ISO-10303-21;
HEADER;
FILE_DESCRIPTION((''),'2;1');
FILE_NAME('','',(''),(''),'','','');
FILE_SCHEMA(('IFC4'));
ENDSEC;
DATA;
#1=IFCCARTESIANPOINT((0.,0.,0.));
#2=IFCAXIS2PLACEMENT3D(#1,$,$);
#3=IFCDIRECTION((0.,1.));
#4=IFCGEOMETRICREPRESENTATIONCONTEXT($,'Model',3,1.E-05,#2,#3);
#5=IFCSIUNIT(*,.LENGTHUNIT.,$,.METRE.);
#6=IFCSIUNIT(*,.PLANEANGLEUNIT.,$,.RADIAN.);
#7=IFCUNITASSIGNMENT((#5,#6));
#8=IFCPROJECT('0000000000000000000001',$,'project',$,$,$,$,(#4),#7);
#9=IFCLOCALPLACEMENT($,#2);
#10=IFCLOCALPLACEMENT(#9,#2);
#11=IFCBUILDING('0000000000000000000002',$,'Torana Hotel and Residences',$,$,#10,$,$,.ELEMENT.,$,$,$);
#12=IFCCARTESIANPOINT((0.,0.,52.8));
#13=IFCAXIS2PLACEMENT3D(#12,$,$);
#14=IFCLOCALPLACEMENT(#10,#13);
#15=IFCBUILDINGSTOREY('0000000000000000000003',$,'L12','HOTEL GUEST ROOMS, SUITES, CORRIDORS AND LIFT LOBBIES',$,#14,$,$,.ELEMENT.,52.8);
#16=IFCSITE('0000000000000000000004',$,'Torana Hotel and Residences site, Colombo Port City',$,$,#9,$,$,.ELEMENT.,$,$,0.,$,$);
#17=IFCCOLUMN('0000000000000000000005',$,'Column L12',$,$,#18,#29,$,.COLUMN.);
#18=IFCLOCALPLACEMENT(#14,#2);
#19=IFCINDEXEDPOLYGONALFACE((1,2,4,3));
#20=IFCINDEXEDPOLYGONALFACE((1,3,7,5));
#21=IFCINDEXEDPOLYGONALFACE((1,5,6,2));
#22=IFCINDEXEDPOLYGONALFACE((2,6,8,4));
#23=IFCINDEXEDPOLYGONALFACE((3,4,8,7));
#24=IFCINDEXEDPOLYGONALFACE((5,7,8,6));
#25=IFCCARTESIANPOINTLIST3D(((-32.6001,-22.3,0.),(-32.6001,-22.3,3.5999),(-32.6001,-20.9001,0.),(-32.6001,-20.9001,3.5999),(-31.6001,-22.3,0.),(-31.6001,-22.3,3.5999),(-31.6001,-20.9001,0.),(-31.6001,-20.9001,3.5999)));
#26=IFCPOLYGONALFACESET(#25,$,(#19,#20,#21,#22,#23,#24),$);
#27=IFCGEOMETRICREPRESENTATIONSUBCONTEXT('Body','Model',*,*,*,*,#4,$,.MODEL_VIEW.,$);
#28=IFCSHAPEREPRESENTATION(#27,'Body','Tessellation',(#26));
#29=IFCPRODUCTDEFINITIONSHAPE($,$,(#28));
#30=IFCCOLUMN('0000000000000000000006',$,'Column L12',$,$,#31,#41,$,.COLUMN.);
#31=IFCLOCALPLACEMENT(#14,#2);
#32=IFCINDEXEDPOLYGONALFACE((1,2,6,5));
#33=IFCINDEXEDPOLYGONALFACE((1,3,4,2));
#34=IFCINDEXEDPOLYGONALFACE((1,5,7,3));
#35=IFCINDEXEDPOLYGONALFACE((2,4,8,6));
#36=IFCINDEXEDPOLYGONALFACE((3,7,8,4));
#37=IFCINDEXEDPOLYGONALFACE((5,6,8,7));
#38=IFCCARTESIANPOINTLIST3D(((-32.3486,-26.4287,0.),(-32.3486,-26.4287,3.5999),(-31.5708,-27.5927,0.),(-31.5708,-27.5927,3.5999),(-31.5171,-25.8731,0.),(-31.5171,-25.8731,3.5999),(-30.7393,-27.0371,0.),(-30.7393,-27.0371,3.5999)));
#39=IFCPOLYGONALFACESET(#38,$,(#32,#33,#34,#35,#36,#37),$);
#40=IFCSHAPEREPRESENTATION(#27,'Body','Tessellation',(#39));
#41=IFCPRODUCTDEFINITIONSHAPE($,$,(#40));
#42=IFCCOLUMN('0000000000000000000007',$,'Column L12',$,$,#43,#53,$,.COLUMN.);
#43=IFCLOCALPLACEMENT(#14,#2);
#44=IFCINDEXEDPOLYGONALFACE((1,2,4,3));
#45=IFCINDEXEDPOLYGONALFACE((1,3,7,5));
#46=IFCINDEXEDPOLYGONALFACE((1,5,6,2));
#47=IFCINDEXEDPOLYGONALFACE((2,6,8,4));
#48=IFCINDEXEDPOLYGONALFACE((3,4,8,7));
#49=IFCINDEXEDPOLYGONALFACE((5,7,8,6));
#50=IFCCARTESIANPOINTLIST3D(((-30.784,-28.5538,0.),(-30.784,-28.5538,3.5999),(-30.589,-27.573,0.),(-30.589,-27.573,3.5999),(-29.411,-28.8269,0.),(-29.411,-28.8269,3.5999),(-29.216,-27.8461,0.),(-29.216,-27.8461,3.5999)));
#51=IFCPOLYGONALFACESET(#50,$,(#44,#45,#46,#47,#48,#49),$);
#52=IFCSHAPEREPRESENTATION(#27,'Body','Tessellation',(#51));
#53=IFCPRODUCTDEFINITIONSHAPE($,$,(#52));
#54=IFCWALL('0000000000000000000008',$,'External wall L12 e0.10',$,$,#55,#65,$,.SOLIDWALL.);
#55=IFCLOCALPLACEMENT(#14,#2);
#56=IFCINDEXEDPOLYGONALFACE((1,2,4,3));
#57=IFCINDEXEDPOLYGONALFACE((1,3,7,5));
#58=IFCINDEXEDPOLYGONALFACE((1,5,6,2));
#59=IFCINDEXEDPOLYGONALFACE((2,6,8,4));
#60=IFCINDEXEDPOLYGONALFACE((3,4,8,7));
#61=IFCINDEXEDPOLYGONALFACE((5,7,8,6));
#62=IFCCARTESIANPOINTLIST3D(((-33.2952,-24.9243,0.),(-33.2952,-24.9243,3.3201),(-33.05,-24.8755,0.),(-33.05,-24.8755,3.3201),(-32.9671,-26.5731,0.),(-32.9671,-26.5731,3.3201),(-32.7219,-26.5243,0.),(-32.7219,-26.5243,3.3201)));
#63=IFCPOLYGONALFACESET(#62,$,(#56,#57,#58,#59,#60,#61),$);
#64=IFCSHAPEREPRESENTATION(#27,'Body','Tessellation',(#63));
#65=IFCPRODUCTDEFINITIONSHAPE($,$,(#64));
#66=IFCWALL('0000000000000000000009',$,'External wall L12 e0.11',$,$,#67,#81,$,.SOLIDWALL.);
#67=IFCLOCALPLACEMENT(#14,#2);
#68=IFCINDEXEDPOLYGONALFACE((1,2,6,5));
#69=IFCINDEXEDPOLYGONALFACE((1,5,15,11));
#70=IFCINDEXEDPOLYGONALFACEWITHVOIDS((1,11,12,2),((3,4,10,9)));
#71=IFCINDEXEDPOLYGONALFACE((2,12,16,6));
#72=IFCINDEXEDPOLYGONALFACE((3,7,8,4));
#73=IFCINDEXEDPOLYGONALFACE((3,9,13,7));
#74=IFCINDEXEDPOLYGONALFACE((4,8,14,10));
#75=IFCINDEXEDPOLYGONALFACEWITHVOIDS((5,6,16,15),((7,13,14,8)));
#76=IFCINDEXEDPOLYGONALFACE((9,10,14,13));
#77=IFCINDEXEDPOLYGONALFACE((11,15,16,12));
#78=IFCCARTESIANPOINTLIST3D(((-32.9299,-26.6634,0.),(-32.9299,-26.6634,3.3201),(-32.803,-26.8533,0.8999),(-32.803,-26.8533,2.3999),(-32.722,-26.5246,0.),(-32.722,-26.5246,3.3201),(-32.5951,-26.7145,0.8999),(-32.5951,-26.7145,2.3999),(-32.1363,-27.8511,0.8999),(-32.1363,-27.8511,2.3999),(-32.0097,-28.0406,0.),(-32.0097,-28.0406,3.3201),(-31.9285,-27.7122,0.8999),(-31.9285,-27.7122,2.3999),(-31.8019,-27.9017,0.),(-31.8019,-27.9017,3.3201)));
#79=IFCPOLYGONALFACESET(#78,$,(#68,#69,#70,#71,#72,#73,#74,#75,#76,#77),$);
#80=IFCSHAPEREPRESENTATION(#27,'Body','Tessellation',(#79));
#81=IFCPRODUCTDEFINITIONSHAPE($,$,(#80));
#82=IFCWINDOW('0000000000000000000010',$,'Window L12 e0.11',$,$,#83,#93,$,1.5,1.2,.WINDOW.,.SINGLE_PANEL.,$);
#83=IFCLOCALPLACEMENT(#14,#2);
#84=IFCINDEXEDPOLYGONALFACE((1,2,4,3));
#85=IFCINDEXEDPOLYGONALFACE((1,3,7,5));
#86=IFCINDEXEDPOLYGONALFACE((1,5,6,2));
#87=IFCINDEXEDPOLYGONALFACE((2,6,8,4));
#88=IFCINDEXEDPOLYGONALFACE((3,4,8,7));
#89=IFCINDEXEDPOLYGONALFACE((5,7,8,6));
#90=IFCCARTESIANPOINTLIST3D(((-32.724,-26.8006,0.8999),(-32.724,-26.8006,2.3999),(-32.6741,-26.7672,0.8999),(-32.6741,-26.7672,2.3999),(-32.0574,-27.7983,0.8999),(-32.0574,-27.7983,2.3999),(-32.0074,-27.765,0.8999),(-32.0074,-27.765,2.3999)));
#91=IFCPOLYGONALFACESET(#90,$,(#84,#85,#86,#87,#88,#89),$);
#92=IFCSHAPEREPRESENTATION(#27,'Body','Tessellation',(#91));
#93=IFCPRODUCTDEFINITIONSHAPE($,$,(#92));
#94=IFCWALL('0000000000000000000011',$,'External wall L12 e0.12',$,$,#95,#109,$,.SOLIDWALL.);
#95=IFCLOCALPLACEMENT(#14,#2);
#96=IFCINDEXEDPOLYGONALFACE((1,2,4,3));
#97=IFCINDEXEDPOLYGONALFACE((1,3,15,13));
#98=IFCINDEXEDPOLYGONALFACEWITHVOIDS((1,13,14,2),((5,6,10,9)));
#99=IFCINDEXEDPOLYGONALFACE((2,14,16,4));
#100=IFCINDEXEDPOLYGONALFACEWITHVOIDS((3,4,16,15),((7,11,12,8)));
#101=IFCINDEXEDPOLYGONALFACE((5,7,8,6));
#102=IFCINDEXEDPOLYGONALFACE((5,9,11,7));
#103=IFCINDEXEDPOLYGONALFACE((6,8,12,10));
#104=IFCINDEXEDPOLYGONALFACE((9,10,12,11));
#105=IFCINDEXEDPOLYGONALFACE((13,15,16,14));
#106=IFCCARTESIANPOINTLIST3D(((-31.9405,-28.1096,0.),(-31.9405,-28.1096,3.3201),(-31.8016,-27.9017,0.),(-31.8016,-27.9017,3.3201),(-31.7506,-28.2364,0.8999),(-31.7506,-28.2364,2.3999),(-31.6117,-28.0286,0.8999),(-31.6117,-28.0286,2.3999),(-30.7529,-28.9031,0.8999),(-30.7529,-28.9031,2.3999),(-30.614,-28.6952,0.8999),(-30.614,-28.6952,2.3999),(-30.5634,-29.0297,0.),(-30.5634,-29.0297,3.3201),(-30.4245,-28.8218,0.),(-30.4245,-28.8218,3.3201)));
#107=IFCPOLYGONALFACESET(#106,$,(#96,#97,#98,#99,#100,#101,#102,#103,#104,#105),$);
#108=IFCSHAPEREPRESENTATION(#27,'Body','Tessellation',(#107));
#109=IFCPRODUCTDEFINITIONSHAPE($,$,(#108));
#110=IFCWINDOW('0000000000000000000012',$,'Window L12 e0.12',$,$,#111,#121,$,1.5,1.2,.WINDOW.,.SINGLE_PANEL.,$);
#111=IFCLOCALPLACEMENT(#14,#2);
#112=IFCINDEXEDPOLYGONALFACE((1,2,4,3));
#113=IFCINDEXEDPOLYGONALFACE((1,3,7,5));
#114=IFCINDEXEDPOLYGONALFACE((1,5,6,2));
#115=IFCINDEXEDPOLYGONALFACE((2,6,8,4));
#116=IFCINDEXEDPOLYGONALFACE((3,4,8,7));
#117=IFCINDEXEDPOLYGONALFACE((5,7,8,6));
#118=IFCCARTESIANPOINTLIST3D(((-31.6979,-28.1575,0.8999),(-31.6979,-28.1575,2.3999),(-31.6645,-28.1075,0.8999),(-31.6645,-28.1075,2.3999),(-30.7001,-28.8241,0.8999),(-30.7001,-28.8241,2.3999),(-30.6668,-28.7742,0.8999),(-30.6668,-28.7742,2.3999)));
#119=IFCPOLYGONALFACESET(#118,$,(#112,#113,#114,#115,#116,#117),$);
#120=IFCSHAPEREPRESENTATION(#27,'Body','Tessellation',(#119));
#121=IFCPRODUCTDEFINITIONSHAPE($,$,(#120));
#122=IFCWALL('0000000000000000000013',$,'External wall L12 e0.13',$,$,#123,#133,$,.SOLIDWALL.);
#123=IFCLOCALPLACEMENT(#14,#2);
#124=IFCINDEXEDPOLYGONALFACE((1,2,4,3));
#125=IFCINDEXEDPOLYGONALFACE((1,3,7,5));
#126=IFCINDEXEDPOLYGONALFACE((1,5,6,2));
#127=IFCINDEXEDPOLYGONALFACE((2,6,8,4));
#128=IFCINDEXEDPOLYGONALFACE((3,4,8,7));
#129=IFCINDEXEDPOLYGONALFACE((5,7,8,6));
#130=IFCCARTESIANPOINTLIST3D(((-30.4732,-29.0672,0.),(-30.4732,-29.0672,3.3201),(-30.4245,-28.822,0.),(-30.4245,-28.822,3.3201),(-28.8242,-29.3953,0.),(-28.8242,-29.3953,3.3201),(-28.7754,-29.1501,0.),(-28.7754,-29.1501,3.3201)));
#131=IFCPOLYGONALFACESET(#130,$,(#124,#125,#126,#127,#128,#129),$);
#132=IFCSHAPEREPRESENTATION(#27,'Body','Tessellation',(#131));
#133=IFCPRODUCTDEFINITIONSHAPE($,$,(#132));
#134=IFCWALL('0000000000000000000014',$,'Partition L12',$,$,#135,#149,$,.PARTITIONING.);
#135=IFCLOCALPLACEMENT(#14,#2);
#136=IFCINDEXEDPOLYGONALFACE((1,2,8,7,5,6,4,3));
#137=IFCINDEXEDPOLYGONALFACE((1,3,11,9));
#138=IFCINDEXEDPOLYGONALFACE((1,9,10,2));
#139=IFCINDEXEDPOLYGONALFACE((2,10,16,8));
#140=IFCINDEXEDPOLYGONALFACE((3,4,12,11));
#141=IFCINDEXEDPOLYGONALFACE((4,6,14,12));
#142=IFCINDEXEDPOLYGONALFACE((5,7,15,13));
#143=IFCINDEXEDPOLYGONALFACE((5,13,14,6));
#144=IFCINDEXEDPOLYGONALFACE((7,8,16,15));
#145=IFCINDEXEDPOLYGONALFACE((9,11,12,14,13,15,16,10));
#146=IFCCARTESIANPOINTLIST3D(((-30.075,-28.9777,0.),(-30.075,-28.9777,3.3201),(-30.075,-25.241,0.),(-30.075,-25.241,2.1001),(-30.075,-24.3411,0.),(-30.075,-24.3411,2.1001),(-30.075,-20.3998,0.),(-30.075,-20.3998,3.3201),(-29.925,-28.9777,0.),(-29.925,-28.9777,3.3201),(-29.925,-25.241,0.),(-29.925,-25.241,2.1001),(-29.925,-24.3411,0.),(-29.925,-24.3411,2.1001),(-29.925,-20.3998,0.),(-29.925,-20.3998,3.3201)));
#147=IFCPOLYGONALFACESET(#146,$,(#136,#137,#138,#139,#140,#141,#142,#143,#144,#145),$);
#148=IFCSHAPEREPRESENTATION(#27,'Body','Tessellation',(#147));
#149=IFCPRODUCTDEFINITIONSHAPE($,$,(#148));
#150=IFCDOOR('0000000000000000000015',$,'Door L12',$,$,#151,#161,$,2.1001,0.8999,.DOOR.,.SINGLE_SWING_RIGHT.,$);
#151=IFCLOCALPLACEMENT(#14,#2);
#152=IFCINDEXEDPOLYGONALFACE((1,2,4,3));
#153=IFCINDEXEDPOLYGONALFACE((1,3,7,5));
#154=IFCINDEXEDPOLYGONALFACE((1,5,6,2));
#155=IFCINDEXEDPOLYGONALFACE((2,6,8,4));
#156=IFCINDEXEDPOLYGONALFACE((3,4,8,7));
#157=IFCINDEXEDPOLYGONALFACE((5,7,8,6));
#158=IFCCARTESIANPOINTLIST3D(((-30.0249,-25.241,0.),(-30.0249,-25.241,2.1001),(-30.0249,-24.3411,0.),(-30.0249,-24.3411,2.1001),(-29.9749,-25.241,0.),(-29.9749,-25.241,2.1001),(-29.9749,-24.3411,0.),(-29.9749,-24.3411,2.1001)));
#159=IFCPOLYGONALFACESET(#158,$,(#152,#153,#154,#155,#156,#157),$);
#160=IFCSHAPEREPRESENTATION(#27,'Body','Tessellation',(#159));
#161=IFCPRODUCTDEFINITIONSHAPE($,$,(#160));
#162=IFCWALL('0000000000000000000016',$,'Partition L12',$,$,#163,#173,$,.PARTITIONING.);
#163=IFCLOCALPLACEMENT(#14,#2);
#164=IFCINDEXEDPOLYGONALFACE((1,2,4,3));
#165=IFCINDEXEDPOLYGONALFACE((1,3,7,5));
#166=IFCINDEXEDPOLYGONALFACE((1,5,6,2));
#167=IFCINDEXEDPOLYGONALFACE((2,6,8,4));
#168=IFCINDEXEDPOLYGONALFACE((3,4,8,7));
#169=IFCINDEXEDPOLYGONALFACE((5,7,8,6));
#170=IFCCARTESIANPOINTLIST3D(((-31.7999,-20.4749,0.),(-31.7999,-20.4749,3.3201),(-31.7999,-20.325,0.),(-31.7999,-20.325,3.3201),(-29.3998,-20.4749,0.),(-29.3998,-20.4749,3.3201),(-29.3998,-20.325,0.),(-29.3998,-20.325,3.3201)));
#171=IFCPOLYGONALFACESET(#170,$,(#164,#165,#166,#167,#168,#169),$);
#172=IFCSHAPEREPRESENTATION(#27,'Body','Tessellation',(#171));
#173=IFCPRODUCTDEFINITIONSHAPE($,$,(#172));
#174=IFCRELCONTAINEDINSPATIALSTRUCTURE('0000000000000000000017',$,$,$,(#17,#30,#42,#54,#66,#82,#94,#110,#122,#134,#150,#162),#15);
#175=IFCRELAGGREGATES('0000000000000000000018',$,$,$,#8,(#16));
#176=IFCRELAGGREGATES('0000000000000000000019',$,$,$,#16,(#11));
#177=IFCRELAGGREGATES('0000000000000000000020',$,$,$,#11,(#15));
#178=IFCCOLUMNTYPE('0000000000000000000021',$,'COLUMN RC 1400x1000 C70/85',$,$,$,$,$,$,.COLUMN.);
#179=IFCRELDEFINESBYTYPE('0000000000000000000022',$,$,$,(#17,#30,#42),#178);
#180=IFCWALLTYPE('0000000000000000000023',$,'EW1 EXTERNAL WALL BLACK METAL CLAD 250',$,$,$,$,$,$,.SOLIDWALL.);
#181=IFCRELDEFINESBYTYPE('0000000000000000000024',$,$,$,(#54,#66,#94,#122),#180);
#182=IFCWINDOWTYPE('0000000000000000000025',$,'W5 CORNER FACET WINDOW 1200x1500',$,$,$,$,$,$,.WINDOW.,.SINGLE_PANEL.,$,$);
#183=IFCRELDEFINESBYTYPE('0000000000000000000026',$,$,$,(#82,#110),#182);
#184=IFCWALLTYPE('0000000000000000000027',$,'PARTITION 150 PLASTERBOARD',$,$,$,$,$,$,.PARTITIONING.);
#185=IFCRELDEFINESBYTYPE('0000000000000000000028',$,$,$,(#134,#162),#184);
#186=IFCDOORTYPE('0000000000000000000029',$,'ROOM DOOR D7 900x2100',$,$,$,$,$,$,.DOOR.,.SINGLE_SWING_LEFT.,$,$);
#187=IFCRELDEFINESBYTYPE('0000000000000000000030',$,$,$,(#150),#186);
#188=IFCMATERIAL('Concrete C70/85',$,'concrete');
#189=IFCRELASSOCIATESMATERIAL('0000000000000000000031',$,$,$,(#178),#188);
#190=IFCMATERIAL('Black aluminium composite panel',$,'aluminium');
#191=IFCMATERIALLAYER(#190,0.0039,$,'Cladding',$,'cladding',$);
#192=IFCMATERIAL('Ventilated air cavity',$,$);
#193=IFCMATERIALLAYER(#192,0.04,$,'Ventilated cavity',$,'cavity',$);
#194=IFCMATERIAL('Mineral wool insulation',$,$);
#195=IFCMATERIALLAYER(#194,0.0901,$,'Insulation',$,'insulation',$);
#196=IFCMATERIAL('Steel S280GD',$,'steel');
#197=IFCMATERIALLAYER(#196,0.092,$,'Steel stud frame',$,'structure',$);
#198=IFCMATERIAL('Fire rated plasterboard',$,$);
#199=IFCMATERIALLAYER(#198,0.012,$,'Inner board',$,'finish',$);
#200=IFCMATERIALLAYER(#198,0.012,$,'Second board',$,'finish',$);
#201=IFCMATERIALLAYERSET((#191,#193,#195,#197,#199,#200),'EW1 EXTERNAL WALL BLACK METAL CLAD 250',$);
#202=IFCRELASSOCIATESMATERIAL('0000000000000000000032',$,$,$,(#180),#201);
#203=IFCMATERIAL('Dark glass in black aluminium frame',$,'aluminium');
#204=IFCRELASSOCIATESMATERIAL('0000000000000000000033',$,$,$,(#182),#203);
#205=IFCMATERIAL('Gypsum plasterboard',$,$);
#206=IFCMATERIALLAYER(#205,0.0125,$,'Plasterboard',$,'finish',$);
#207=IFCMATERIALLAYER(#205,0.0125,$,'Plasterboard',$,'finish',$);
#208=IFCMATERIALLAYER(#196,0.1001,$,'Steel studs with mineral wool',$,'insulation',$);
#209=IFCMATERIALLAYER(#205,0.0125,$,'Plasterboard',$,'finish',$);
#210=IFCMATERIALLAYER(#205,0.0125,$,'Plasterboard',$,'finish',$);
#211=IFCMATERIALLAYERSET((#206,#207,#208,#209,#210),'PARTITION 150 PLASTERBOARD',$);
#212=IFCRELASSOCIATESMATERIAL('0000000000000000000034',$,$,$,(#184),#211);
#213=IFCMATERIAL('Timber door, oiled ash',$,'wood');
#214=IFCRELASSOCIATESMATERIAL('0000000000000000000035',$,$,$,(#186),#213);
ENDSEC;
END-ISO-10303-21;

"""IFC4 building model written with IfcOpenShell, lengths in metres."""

from ifc_helpers import new_model, si_unit, direction, frame, frame_2d, origin, origin_2d, place, context, subcontext, project, spatial, rectangle, extrude, material, layer, layer_set, material_profile, profile_set, type_object, element, fill, save


model = new_model("IFC4")

# Units and contexts
model_context = context("Model", 3, precision=1e-05, world=origin(), true_north=direction((0.0, 1.0)))
body_context = subcontext(model_context, "Body", "Model", "MODEL_VIEW")
ifc_project = project(units=[si_unit("LENGTHUNIT", "METRE"), si_unit("PLANEANGLEUNIT", "RADIAN")], contexts=[model_context])

# Site, building, storey
site_placement = place(None, origin())
site = spatial("IfcSite", under=ifc_project, at=site_placement, Name="Torana Hotel and Residences site, Colombo Port City", CompositionType="ELEMENT", RefElevation=0.0)
building_placement = place(site_placement, origin())
building = spatial("IfcBuilding", under=site, at=building_placement, Name="Torana Hotel and Residences", CompositionType="ELEMENT")
storey_placement = place(building_placement, frame((0.0, 0.0, 52.8)))
storey = spatial("IfcBuildingStorey", under=building, at=storey_placement, Name="L12", Description="HOTEL GUEST ROOMS, SUITES, CORRIDORS AND LIFT LOBBIES", CompositionType="ELEMENT", Elevation=52.8)

# Columns
ifc_material_1 = material(Name="Concrete C70/85", Category="concrete")
ifc_material_profile = material_profile(ifc_material_1, rectangle(XDim=1.3999, YDim=1.0, at=origin_2d()), Name="RC 1400x1000")
ifc_profile_set = profile_set([ifc_material_profile], Name="Concrete C70/85")
column_type = type_object("IfcColumnType", Name="COLUMN RC 1400x1000 C70/85", PredefinedType="COLUMN", material=ifc_profile_set)
for number, where, z_axis, x_axis, name in (
    (1, (-32.1001, -21.6001, 0.0), (0.0, 0.0, 1.0), (0.0, 1.0, 0.0), "Column L12"),
    (2, (-31.5439, -26.7329, 0.0), (0.0, 0.0, 1.0), (-0.555585, 0.83146, 0.0), "Column L12"),
    (3, (-30.0, -28.2, 0.0), (0.0, 0.0, 1.0), (-0.980792, 0.195056, 0.0), "Column L12"),
):
    element("IfcColumn", number, at=place(storey_placement, frame(where, z_axis=z_axis, x_axis=x_axis)), inside=storey, type_object=column_type, Name=name, PredefinedType="COLUMN", context=body_context, shape_type="SweptSolid", body=[
        extrude(rectangle(XDim=1.3999, YDim=1.0, at=origin_2d()), origin(), (0.0, 0.0, 1.0), 3.5999),
    ])

# Wall
ifc_material_2 = material(Name="Black aluminium composite panel", Category="aluminium")
ifc_layer_1 = layer(ifc_material_2, 0.0039, Name="Cladding", Category="cladding")
ifc_material_3 = material(Name="Ventilated air cavity")
ifc_layer_2 = layer(ifc_material_3, 0.04, Name="Ventilated cavity", Category="cavity")
ifc_material_4 = material(Name="Mineral wool insulation")
ifc_layer_3 = layer(ifc_material_4, 0.0901, Name="Insulation", Category="insulation")
ifc_material_5 = material(Name="Steel S280GD", Category="steel")
ifc_layer_4 = layer(ifc_material_5, 0.092, Name="Steel stud frame", Category="structure")
ifc_material_6 = material(Name="Fire rated plasterboard")
ifc_layer_5 = layer(ifc_material_6, 0.012, Name="Inner board", Category="finish")
ifc_layer_6 = layer(ifc_material_6, 0.012, Name="Second board", Category="finish")
ifc_layer_set_1 = layer_set([ifc_layer_1, ifc_layer_2, ifc_layer_3, ifc_layer_4, ifc_layer_5, ifc_layer_6], Name="EW1 EXTERNAL WALL BLACK METAL CLAD 250")
wall_type_1 = type_object("IfcWallType", Name="EW1 EXTERNAL WALL BLACK METAL CLAD 250", PredefinedType="SOLIDWALL", material=ifc_layer_set_1)
wall_1_placement = place(storey_placement, frame((-33.1726, -24.8999, 0.0), z_axis=(0.0, 0.0, 1.0), x_axis=(0.195167, -0.98077, 0.0)))
element("IfcWall", 4, at=wall_1_placement, inside=storey, type_object=wall_type_1, Name="External wall L12 e0.10", PredefinedType="SOLIDWALL", context=body_context, shape_type="SweptSolid", body=[
    extrude(rectangle(XDim=1.6812, YDim=0.25, at=frame_2d((0.8406, 0.0))), origin(), (0.0, 0.0, 1.0), 3.3201),
])

# Walls, openings, windows
wall_2_placement = place(storey_placement, frame((-32.8259, -26.594, 0.0), z_axis=(0.0, 0.0, 1.0), x_axis=(0.55555, -0.831483, 0.0)))
wall_2 = element("IfcWall", 5, at=wall_2_placement, inside=storey, type_object=wall_type_1, Name="External wall L12 e0.11", PredefinedType="SOLIDWALL", context=body_context, shape_type="SweptSolid", body=[
    extrude(rectangle(XDim=1.6562, YDim=0.25, at=frame_2d((0.8281, 0.0))), origin(), (0.0, 0.0, 1.0), 3.3201),
])
opening_1_placement = place(wall_2_placement, frame((0.2283, 0.0, 0.8999)))
opening_1 = element("IfcOpeningElement", 6, at=opening_1_placement, cuts=wall_2, PredefinedType="OPENING", context=body_context, shape_type="SweptSolid", body=[
    extrude(rectangle(XDim=1.2, YDim=1.5, at=frame_2d((0.6001, 0.75))), frame((0.0, 0.135, 0.0), z_axis=(0.0, -1.0, 0.0), x_axis=(1.0, 0.0, 0.0)), (0.0, 0.0, 1.0), 0.27),
])
ifc_material_7 = material(Name="Dark glass in black aluminium frame", Category="aluminium")
window_type = type_object("IfcWindowType", Name="W5 CORNER FACET WINDOW 1200x1500", PartitioningType="SINGLE_PANEL", PredefinedType="WINDOW", material=ifc_material_7)
window_1_placement = place(opening_1_placement, origin())
window_1 = element("IfcWindow", 7, at=window_1_placement, inside=storey, type_object=window_type, Name="Window L12 e0.11", OverallHeight=1.5, OverallWidth=1.2, PartitioningType="SINGLE_PANEL", PredefinedType="WINDOW", context=body_context, shape_type="SweptSolid", body=[
    extrude(rectangle(XDim=1.2, YDim=1.5, at=frame_2d((0.6001, 0.75))), frame((0.0, 0.03, 0.0), z_axis=(0.0, -1.0, 0.0), x_axis=(1.0, 0.0, 0.0)), (0.0, 0.0, 1.0), 0.0601),
])
fill(opening_1, window_1)
wall_3_placement = place(storey_placement, frame((-31.8711, -28.0056, 0.0), z_axis=(0.0, 0.0, 1.0), x_axis=(0.831483, -0.55555, 0.0)))
wall_3 = element("IfcWall", 8, at=wall_3_placement, inside=storey, type_object=wall_type_1, Name="External wall L12 e0.12", PredefinedType="SOLIDWALL", context=body_context, shape_type="SweptSolid", body=[
    extrude(rectangle(XDim=1.6562, YDim=0.25, at=frame_2d((0.8281, 0.0))), origin(), (0.0, 0.0, 1.0), 3.3201),
])
opening_2_placement = place(wall_3_placement, frame((0.2283, 0.0, 0.8999)))
opening_2 = element("IfcOpeningElement", 9, at=opening_2_placement, cuts=wall_3, PredefinedType="OPENING", context=body_context, shape_type="SweptSolid", body=[
    extrude(rectangle(XDim=1.2, YDim=1.5, at=frame_2d((0.6001, 0.75))), frame((0.0, 0.135, 0.0), z_axis=(0.0, -1.0, 0.0), x_axis=(1.0, 0.0, 0.0)), (0.0, 0.0, 1.0), 0.27),
])
window_2_placement = place(opening_2_placement, origin())
window_2 = element("IfcWindow", 10, at=window_2_placement, inside=storey, type_object=window_type, Name="Window L12 e0.12", OverallHeight=1.5, OverallWidth=1.2, PartitioningType="SINGLE_PANEL", PredefinedType="WINDOW", context=body_context, shape_type="SweptSolid", body=[
    extrude(rectangle(XDim=1.2, YDim=1.5, at=frame_2d((0.6001, 0.75))), frame((0.0, 0.03, 0.0), z_axis=(0.0, -1.0, 0.0), x_axis=(1.0, 0.0, 0.0)), (0.0, 0.0, 1.0), 0.0601),
])
fill(opening_2, window_2)

# Wall
wall_4_placement = place(storey_placement, frame((-30.449, -28.9446, 0.0), z_axis=(0.0, 0.0, 1.0), x_axis=(0.980776, -0.195139, 0.0)))
element("IfcWall", 11, at=wall_4_placement, inside=storey, type_object=wall_type_1, Name="External wall L12 e0.13", PredefinedType="SOLIDWALL", context=body_context, shape_type="SweptSolid", body=[
    extrude(rectangle(XDim=1.6814, YDim=0.25, at=frame_2d((0.8408, 0.0))), origin(), (0.0, 0.0, 1.0), 3.3201),
])

# Wall, opening, door
ifc_material_8 = material(Name="Gypsum plasterboard")
ifc_layer_7 = layer(ifc_material_8, 0.0125, Name="Plasterboard", Category="finish")
ifc_layer_8 = layer(ifc_material_8, 0.0125, Name="Plasterboard", Category="finish")
ifc_layer_9 = layer(ifc_material_5, 0.1001, Name="Steel studs with mineral wool", Category="insulation")
ifc_layer_10 = layer(ifc_material_8, 0.0125, Name="Plasterboard", Category="finish")
ifc_layer_11 = layer(ifc_material_8, 0.0125, Name="Plasterboard", Category="finish")
ifc_layer_set_2 = layer_set([ifc_layer_7, ifc_layer_8, ifc_layer_9, ifc_layer_10, ifc_layer_11], Name="PARTITION 150 PLASTERBOARD")
wall_type_2 = type_object("IfcWallType", Name="PARTITION 150 PLASTERBOARD", PredefinedType="PARTITIONING", material=ifc_layer_set_2)
wall_5_placement = place(storey_placement, frame((-30.0, -28.9778, 0.0), z_axis=(0.0, 0.0, 1.0), x_axis=(0.0, 1.0, 0.0)))
wall_5 = element("IfcWall", 12, at=wall_5_placement, inside=storey, type_object=wall_type_2, Name="Partition L12", PredefinedType="PARTITIONING", context=body_context, shape_type="SweptSolid", body=[
    extrude(rectangle(XDim=8.5779, YDim=0.1499, at=frame_2d((4.2891, 0.0))), origin(), (0.0, 0.0, 1.0), 3.3201),
])
opening_3_placement = place(wall_5_placement, frame((3.7368, 0.0, 0.0)))
opening_3 = element("IfcOpeningElement", 13, at=opening_3_placement, cuts=wall_5, PredefinedType="OPENING", context=body_context, shape_type="SweptSolid", body=[
    extrude(rectangle(XDim=0.8999, YDim=2.1001, at=frame_2d((0.45, 1.05))), frame((0.0, 0.085, 0.0), z_axis=(0.0, -1.0, 0.0), x_axis=(1.0, 0.0, 0.0)), (0.0, 0.0, 1.0), 0.1699),
])
ifc_material_9 = material(Name="Timber door, oiled ash", Category="wood")
door_type_1 = type_object("IfcDoorType", Name="ROOM DOOR D7 900x2100", OperationType="SINGLE_SWING_LEFT", PredefinedType="DOOR", material=ifc_material_9)
door_1_placement = place(opening_3_placement, origin())
door_1 = element("IfcDoor", 14, at=door_1_placement, inside=storey, type_object=door_type_1, Name="Door L12", OperationType="SINGLE_SWING_RIGHT", OverallHeight=2.1001, OverallWidth=0.8999, PredefinedType="DOOR", context=body_context, shape_type="SweptSolid", body=[
    extrude(rectangle(XDim=0.8999, YDim=2.1001, at=frame_2d((0.45, 1.05))), frame((0.0, 0.0249, 0.0), z_axis=(0.0, -1.0, 0.0), x_axis=(1.0, 0.0, 0.0)), (0.0, 0.0, 1.0), 0.05),
])
fill(opening_3, door_1)

# Wall
wall_6_placement = place(storey_placement, frame((-31.8, -20.3999, 0.0), z_axis=(0.0, 0.0, 1.0), x_axis=(1.0, 0.0, 0.0)))
element("IfcWall", 15, at=wall_6_placement, inside=storey, type_object=wall_type_2, Name="Partition L12", PredefinedType="PARTITIONING", context=body_context, shape_type="SweptSolid", body=[
    extrude(rectangle(XDim=2.4001, YDim=0.1499, at=frame_2d((1.2002, 0.0))), origin(), (0.0, 0.0, 1.0), 3.3201),
])

save(model, "model.ifc")
